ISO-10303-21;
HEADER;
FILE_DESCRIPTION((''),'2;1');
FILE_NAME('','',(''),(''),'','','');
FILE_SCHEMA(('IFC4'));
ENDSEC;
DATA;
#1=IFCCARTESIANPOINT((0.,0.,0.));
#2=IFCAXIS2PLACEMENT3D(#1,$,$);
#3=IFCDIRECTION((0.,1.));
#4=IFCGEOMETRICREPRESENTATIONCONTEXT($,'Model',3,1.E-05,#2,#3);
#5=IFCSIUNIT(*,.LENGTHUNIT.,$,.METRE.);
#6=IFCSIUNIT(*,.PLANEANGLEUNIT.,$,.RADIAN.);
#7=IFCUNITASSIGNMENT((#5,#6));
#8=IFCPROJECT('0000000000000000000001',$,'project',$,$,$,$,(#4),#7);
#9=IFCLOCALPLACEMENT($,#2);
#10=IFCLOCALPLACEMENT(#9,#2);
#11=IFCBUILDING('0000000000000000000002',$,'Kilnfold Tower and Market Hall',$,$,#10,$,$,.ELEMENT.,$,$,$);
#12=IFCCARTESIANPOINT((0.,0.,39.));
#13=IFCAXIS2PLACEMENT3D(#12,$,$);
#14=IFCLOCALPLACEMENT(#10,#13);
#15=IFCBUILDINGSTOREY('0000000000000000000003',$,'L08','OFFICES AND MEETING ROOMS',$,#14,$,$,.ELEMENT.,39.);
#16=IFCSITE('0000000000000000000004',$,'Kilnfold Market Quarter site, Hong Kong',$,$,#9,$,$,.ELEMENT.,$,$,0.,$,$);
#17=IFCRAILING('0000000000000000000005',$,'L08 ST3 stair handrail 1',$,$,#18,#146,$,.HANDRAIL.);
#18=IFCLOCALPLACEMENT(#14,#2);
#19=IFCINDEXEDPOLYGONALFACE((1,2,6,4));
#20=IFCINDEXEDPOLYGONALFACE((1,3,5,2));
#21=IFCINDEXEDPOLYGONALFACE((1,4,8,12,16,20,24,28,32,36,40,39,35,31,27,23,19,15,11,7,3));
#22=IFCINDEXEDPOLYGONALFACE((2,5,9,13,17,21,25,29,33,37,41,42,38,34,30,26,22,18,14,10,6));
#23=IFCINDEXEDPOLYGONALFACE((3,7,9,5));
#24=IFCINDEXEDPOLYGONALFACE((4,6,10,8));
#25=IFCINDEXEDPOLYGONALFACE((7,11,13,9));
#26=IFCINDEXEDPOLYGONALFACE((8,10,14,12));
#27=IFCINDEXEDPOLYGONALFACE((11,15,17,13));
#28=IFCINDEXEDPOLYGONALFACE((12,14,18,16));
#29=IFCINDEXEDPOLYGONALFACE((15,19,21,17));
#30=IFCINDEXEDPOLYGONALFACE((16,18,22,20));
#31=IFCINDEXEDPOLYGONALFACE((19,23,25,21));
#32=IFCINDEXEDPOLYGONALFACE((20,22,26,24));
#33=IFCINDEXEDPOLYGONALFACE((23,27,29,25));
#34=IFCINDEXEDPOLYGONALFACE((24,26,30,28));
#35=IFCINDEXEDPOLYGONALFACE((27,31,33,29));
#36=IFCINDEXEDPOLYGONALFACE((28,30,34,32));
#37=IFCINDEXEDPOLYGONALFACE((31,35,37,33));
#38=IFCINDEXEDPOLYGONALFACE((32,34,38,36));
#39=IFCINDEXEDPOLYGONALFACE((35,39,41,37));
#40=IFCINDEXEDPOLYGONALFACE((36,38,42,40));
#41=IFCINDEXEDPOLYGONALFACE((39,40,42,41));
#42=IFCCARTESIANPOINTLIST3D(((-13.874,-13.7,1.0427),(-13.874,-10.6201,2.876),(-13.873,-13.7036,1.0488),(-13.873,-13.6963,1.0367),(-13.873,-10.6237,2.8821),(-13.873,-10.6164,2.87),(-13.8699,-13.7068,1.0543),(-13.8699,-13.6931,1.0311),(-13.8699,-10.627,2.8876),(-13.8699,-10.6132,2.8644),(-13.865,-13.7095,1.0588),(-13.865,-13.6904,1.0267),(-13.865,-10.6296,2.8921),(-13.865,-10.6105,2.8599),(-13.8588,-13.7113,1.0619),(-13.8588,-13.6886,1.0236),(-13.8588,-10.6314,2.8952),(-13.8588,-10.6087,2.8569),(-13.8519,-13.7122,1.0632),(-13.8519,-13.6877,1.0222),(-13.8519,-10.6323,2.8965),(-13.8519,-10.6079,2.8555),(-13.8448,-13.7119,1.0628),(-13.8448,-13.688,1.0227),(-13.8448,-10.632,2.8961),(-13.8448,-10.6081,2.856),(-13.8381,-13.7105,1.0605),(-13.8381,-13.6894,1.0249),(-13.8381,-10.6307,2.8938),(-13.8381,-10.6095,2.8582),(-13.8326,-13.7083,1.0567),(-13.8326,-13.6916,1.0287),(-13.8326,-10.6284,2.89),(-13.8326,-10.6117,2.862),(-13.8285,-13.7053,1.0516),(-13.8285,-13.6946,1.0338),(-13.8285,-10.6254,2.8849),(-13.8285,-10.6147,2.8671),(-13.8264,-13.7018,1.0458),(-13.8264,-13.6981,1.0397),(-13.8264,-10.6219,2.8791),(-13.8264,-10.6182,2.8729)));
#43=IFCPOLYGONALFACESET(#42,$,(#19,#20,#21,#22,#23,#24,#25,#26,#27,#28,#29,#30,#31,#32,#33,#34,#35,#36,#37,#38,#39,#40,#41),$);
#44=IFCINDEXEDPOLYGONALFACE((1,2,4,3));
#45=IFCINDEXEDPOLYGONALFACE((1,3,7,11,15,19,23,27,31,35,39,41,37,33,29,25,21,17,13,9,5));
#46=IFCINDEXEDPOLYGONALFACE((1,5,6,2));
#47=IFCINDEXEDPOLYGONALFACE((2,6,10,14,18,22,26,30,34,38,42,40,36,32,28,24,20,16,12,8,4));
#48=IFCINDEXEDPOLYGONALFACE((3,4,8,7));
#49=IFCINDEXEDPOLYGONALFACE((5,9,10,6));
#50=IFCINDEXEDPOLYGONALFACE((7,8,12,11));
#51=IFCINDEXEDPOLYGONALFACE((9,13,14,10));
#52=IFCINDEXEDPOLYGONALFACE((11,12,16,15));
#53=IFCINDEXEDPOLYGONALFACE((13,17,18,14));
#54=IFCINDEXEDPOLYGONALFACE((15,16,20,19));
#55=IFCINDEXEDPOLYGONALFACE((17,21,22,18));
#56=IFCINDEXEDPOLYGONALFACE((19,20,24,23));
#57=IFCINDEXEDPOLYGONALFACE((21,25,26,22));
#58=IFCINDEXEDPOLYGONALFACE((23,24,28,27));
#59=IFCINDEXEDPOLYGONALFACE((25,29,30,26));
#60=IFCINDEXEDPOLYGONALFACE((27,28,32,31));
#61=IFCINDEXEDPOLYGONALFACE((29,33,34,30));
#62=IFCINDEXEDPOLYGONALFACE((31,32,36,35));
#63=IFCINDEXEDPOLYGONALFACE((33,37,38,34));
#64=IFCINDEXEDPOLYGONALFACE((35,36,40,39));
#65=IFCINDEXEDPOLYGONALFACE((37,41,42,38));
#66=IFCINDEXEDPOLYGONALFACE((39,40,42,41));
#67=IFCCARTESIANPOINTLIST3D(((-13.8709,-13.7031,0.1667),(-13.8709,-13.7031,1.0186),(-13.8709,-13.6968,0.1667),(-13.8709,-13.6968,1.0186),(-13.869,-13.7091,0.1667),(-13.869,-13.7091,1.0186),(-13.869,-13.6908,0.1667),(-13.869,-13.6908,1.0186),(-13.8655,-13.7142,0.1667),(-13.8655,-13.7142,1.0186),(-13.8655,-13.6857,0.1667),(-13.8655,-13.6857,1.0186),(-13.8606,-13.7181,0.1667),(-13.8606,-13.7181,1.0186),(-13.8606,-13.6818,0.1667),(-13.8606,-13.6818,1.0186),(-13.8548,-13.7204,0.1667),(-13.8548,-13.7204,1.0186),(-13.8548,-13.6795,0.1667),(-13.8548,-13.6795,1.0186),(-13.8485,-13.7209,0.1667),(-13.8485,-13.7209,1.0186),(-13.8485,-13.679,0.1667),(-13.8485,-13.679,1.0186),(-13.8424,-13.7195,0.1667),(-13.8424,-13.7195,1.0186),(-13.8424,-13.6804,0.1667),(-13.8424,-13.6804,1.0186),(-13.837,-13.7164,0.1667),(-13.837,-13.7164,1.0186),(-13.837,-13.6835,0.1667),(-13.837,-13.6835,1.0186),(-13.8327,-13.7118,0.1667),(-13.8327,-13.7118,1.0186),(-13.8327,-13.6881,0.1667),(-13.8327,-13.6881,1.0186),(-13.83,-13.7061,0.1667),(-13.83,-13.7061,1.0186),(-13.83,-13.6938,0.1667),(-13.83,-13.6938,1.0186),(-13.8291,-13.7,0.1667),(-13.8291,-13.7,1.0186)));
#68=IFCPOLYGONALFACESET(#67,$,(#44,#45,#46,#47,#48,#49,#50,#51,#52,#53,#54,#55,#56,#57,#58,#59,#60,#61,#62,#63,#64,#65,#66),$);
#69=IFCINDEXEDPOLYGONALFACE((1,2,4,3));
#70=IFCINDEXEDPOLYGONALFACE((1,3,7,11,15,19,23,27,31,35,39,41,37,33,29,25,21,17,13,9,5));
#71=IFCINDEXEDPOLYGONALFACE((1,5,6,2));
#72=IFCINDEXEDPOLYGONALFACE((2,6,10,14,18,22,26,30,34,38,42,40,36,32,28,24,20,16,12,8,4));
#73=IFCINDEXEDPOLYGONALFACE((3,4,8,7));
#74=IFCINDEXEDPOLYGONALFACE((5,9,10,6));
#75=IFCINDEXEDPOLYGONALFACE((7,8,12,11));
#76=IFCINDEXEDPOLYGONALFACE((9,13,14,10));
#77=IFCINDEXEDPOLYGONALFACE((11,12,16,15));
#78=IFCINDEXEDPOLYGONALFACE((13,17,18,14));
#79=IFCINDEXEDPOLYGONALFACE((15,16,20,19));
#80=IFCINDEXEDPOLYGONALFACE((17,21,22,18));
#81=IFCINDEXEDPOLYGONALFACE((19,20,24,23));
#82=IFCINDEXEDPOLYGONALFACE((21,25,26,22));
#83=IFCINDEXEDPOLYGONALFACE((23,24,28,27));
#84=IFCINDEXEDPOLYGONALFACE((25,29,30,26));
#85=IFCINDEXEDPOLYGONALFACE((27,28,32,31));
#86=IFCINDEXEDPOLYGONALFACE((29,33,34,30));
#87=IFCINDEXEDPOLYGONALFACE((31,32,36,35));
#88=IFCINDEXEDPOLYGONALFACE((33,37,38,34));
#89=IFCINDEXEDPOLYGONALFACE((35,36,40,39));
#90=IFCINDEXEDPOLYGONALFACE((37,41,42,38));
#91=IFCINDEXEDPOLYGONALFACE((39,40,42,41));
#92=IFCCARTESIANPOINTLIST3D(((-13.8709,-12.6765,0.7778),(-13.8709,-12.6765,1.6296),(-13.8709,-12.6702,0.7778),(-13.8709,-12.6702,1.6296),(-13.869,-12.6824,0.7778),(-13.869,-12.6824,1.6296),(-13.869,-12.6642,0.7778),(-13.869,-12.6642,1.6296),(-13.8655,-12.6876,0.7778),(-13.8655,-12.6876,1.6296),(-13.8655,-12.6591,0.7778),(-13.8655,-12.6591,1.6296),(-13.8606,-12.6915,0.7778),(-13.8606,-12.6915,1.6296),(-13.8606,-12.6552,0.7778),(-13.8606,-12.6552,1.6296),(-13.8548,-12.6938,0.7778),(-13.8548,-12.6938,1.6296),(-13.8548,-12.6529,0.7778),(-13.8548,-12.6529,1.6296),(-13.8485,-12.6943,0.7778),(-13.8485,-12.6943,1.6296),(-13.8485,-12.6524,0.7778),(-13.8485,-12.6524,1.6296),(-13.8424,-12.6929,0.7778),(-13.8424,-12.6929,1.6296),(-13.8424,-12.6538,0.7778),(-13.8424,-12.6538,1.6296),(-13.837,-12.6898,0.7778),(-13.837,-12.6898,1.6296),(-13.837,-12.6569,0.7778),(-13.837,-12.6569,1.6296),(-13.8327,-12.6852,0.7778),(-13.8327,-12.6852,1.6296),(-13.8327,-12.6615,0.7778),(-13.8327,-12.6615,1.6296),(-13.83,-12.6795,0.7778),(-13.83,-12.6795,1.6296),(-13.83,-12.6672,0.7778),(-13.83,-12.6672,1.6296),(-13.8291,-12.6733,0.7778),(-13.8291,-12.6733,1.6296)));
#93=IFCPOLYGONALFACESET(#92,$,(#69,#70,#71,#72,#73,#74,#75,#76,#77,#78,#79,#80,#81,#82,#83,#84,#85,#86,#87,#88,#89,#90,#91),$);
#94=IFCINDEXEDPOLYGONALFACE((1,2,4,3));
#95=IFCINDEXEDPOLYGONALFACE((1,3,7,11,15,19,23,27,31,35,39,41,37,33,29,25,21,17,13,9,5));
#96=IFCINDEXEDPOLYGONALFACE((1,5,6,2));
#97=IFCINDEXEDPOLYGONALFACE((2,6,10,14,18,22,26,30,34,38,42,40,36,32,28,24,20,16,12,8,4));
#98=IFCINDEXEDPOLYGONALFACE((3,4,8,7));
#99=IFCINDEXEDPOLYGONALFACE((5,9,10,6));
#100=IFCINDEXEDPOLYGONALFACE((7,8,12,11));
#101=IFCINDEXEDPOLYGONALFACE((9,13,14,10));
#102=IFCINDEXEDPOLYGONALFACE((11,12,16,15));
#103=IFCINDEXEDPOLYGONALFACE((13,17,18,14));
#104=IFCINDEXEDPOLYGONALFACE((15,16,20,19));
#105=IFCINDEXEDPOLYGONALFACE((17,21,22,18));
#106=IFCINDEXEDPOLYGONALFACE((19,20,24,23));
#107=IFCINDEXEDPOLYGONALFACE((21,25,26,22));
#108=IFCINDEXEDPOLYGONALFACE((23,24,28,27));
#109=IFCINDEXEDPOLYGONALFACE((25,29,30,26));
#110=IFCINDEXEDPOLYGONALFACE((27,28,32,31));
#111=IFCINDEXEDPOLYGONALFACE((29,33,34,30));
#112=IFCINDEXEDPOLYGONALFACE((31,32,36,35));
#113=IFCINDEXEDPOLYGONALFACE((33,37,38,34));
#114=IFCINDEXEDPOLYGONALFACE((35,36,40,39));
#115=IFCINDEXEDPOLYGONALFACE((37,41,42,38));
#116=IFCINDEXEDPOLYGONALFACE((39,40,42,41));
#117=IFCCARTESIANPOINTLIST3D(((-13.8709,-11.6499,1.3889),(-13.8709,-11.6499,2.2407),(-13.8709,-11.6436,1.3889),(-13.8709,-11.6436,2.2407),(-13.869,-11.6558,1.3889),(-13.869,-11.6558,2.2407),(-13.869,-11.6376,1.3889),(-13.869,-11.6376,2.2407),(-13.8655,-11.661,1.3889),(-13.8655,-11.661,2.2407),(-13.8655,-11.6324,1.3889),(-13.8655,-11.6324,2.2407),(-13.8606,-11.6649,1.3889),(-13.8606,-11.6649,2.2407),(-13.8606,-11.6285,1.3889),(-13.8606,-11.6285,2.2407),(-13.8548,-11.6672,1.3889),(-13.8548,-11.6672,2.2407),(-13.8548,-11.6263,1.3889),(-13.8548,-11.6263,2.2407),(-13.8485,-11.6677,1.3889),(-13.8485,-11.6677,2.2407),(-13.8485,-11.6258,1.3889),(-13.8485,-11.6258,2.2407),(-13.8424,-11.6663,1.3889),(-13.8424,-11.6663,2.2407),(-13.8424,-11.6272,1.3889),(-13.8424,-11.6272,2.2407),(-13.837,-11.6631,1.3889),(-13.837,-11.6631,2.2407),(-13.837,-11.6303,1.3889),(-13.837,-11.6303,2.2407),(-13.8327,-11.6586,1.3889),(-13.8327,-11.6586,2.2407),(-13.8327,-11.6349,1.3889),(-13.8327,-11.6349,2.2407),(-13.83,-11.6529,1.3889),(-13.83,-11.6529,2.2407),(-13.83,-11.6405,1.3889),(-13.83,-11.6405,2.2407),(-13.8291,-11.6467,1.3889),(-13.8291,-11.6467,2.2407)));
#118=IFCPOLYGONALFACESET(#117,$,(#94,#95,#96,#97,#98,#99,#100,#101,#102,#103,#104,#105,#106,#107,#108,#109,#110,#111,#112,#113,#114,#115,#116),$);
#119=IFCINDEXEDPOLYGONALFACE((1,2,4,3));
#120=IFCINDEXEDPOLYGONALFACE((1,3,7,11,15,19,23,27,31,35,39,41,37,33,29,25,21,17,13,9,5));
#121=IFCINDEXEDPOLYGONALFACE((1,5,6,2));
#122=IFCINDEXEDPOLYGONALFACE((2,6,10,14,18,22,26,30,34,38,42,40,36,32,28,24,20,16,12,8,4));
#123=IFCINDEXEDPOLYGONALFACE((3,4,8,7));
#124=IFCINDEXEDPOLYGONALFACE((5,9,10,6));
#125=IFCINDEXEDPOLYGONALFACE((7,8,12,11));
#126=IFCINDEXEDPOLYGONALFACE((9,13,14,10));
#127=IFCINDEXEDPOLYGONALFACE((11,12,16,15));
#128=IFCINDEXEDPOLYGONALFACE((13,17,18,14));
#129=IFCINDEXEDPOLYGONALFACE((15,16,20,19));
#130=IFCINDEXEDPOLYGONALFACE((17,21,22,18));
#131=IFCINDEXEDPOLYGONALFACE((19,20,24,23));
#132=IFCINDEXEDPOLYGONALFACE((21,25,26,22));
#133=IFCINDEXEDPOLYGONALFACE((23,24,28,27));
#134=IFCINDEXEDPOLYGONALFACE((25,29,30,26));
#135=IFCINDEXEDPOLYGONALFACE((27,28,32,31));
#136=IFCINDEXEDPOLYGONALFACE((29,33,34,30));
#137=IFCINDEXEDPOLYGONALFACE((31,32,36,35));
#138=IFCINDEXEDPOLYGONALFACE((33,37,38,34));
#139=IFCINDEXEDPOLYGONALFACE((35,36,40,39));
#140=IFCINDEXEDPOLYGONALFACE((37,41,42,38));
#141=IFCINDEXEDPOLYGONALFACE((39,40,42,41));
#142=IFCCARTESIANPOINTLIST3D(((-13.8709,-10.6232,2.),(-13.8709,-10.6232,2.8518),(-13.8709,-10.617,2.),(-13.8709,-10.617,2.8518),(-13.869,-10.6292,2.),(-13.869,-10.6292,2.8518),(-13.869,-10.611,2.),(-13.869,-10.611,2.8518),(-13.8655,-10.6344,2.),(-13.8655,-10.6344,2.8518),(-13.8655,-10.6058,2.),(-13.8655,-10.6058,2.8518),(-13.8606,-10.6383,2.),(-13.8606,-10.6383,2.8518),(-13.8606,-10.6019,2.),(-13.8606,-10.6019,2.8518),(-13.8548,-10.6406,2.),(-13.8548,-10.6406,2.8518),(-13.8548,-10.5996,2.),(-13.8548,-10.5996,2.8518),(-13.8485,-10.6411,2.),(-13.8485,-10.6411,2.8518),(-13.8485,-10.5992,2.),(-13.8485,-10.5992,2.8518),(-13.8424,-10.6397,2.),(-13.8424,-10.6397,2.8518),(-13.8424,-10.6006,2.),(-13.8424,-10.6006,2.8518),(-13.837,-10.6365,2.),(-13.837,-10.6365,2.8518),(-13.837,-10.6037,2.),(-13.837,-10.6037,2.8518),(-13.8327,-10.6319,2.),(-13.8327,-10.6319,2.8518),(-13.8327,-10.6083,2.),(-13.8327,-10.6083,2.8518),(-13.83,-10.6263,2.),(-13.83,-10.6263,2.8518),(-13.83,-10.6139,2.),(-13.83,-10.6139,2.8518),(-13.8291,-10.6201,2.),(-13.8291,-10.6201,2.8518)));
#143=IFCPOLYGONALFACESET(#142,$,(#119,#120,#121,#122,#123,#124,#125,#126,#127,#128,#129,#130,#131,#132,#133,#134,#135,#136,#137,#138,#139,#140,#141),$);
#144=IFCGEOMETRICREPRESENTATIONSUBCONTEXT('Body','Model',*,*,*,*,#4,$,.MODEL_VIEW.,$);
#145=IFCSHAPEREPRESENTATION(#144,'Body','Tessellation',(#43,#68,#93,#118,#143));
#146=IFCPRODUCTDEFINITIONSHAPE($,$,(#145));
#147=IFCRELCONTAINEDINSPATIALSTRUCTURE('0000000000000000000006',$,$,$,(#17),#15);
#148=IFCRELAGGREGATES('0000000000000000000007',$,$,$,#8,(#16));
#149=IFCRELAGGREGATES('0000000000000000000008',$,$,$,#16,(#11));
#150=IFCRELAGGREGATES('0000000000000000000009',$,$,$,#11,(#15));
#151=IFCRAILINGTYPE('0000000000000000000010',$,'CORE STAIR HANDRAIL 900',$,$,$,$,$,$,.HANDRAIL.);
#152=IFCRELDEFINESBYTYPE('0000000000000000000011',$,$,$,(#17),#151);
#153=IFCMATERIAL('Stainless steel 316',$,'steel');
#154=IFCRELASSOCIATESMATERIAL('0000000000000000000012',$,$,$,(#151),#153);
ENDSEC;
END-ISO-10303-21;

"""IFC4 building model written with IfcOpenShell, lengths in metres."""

from ifc_helpers import new_model, si_unit, direction, frame, origin, origin_2d, place, context, subcontext, project, spatial, circle, extrude, material, type_object, element, save


model = new_model("IFC4")

# Units and contexts
model_context = context("Model", 3, precision=1e-05, world=origin(), true_north=direction((0.0, 1.0)))
body_context = subcontext(model_context, "Body", "Model", "MODEL_VIEW")
ifc_project = project(units=[si_unit("LENGTHUNIT", "METRE"), si_unit("PLANEANGLEUNIT", "RADIAN")], contexts=[model_context])

# Site, building, storey
site_placement = place(None, origin())
site = spatial("IfcSite", under=ifc_project, at=site_placement, Name="Kilnfold Market Quarter site, Hong Kong", CompositionType="ELEMENT", RefElevation=0.0)
building_placement = place(site_placement, origin())
building = spatial("IfcBuilding", under=site, at=building_placement, Name="Kilnfold Tower and Market Hall", CompositionType="ELEMENT")
storey_placement = place(building_placement, frame((0.0, 0.0, 39.0)))
storey = spatial("IfcBuildingStorey", under=building, at=storey_placement, Name="L08", Description="OFFICES AND MEETING ROOMS", CompositionType="ELEMENT", Elevation=39.0)

# Railing
ifc_material_1 = material(Name="Stainless steel 316", Category="steel")
railing_type_1 = type_object("IfcRailingType", Name="CORE STAIR HANDRAIL 900", PredefinedType="HANDRAIL", material=ifc_material_1)
railing_1_placement = place(storey_placement, frame((-13.8501, -13.7, 0.1667)))
element("IfcRailing", 1, at=railing_1_placement, inside=storey, type_object=railing_type_1, Name="L08 ST3 stair handrail 1", PredefinedType="HANDRAIL", context=body_context, shape_type="SweptSolid", body=[
    extrude(circle(Radius=0.0239, at=origin_2d()), frame((0.0, 0.0, 0.876), z_axis=(0.0, 0.859291, 0.511487), x_axis=(-1.0, 0.0, 0.0)), (0.0, 0.0, 1.0), 3.5842),
    extrude(circle(Radius=0.021, at=origin_2d()), origin(), (0.0, 0.0, 1.0), 0.8518),
    extrude(circle(Radius=0.021, at=origin_2d()), frame((0.0, 1.0266, 0.6111)), (0.0, 0.0, 1.0), 0.8518),
    extrude(circle(Radius=0.021, at=origin_2d()), frame((0.0, 2.0532, 1.2222)), (0.0, 0.0, 1.0), 0.8518),
    extrude(circle(Radius=0.021, at=origin_2d()), frame((0.0, 3.0798, 1.8333)), (0.0, 0.0, 1.0), 0.8518),
])

save(model, "model.ifc")
